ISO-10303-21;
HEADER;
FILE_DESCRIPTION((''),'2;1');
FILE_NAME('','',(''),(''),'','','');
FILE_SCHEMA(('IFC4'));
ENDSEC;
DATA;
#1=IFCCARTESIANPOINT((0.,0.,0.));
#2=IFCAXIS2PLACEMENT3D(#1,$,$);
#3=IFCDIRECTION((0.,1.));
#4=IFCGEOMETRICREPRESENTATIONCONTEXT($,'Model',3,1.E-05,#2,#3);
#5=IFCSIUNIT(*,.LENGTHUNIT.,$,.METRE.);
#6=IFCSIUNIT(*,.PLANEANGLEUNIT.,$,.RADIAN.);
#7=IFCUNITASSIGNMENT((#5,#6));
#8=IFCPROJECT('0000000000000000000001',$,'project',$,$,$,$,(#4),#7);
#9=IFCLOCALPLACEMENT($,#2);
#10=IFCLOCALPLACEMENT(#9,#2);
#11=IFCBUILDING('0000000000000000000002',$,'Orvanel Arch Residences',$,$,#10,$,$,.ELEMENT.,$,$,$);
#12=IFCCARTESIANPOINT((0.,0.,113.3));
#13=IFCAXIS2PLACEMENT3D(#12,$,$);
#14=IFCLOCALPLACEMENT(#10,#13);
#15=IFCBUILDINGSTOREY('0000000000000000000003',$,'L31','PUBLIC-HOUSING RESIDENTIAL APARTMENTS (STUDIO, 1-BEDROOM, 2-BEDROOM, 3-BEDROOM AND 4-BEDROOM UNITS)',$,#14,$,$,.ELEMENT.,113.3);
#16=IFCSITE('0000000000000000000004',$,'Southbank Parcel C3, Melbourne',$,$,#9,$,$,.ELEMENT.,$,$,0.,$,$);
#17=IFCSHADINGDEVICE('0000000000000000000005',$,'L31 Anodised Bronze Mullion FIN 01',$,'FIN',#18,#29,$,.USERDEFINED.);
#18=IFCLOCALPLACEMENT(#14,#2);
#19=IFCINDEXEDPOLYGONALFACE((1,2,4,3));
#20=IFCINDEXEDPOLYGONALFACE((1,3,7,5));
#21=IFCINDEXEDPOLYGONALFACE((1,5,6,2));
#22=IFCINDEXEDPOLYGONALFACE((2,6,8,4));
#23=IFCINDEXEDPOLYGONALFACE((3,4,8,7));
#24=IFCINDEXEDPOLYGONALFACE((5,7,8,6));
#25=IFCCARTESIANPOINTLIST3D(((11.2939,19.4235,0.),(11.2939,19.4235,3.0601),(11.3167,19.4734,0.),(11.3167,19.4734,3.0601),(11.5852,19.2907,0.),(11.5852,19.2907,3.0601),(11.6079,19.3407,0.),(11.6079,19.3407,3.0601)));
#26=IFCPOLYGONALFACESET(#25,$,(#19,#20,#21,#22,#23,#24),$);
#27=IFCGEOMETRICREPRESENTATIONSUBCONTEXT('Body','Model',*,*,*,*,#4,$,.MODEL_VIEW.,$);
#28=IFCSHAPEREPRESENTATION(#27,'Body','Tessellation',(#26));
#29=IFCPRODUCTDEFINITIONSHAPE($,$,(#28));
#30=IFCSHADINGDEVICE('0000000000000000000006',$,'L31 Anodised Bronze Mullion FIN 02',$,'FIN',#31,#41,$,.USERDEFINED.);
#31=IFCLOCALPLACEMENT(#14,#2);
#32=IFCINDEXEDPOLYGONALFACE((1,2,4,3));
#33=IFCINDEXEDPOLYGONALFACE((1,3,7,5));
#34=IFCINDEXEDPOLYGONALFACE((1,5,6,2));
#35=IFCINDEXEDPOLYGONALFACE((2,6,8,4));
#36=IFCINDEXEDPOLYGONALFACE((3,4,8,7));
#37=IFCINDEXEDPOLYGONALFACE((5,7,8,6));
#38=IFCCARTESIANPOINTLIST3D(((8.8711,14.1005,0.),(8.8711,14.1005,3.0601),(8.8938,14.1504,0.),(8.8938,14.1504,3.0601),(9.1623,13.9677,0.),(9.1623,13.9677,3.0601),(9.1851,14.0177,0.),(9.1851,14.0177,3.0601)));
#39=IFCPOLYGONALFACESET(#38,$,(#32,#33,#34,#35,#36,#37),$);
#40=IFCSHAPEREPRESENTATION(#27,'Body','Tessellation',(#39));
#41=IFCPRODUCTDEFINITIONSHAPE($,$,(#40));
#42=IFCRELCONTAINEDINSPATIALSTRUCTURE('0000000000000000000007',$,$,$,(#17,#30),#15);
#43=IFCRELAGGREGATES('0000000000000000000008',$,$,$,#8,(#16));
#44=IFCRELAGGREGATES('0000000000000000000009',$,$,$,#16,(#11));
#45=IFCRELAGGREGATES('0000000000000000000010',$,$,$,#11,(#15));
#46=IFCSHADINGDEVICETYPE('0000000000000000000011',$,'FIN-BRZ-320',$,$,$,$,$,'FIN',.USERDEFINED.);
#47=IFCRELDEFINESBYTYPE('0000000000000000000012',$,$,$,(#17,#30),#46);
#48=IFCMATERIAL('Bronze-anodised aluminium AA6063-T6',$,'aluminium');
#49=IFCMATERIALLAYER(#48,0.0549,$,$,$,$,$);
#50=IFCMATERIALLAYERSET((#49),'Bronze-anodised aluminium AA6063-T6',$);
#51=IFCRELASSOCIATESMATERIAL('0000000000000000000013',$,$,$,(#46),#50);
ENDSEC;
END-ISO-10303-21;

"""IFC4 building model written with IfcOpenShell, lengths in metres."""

from ifc_helpers import new_model, si_unit, direction, frame, origin, origin_2d, place, context, subcontext, project, spatial, rectangle, extrude, material, layer, layer_set, type_object, element, save


model = new_model("IFC4")

# Units and contexts
model_context = context("Model", 3, precision=1e-05, world=origin(), true_north=direction((0.0, 1.0)))
body_context = subcontext(model_context, "Body", "Model", "MODEL_VIEW")
ifc_project = project(units=[si_unit("LENGTHUNIT", "METRE"), si_unit("PLANEANGLEUNIT", "RADIAN")], contexts=[model_context])

# Site, building, storey
site_placement = place(None, origin())
site = spatial("IfcSite", under=ifc_project, at=site_placement, Name="Southbank Parcel C3, Melbourne", CompositionType="ELEMENT", RefElevation=0.0)
building_placement = place(site_placement, origin())
building = spatial("IfcBuilding", under=site, at=building_placement, Name="Orvanel Arch Residences", CompositionType="ELEMENT")
storey_placement = place(building_placement, frame((0.0, 0.0, 113.3)))
storey = spatial("IfcBuildingStorey", under=building, at=storey_placement, Name="L31", Description="PUBLIC-HOUSING RESIDENTIAL APARTMENTS (STUDIO, 1-BEDROOM, 2-BEDROOM, 3-BEDROOM AND 4-BEDROOM UNITS)", CompositionType="ELEMENT", Elevation=113.3)

# Shared definitions
ifc_material_1 = material(Name="Bronze-anodised aluminium AA6063-T6", Category="aluminium")

# Shading devices
ifc_layer_1 = layer(ifc_material_1, 0.0549)
ifc_layer_set_1 = layer_set([ifc_layer_1], Name="Bronze-anodised aluminium AA6063-T6")
shading_device_type = type_object("IfcShadingDeviceType", Name="FIN-BRZ-320", ElementType="FIN", PredefinedType="USERDEFINED", material=ifc_layer_set_1)
for number, where, z_axis, x_axis, name in (
    (1, (11.4509, 19.3821, 0.0), (0.0, 0.0, 1.0), (-0.909961, 0.414693, 0.0), "L31 Anodised Bronze Mullion FIN 01"),
    (2, (9.0281, 14.0591, 0.0), (0.0, 0.0, 1.0), (-0.909961, 0.414693, 0.0), "L31 Anodised Bronze Mullion FIN 02"),
):
    element("IfcShadingDevice", number, at=place(storey_placement, frame(where, z_axis=z_axis, x_axis=x_axis)), inside=storey, type_object=shading_device_type, Name=name, ObjectType="FIN", PredefinedType="USERDEFINED", context=body_context, shape_type="SweptSolid", body=[
        extrude(rectangle(XDim=0.3201, YDim=0.0549, at=origin_2d()), origin(), (0.0, 0.0, 1.0), 3.0601),
    ])

save(model, "model.ifc")
